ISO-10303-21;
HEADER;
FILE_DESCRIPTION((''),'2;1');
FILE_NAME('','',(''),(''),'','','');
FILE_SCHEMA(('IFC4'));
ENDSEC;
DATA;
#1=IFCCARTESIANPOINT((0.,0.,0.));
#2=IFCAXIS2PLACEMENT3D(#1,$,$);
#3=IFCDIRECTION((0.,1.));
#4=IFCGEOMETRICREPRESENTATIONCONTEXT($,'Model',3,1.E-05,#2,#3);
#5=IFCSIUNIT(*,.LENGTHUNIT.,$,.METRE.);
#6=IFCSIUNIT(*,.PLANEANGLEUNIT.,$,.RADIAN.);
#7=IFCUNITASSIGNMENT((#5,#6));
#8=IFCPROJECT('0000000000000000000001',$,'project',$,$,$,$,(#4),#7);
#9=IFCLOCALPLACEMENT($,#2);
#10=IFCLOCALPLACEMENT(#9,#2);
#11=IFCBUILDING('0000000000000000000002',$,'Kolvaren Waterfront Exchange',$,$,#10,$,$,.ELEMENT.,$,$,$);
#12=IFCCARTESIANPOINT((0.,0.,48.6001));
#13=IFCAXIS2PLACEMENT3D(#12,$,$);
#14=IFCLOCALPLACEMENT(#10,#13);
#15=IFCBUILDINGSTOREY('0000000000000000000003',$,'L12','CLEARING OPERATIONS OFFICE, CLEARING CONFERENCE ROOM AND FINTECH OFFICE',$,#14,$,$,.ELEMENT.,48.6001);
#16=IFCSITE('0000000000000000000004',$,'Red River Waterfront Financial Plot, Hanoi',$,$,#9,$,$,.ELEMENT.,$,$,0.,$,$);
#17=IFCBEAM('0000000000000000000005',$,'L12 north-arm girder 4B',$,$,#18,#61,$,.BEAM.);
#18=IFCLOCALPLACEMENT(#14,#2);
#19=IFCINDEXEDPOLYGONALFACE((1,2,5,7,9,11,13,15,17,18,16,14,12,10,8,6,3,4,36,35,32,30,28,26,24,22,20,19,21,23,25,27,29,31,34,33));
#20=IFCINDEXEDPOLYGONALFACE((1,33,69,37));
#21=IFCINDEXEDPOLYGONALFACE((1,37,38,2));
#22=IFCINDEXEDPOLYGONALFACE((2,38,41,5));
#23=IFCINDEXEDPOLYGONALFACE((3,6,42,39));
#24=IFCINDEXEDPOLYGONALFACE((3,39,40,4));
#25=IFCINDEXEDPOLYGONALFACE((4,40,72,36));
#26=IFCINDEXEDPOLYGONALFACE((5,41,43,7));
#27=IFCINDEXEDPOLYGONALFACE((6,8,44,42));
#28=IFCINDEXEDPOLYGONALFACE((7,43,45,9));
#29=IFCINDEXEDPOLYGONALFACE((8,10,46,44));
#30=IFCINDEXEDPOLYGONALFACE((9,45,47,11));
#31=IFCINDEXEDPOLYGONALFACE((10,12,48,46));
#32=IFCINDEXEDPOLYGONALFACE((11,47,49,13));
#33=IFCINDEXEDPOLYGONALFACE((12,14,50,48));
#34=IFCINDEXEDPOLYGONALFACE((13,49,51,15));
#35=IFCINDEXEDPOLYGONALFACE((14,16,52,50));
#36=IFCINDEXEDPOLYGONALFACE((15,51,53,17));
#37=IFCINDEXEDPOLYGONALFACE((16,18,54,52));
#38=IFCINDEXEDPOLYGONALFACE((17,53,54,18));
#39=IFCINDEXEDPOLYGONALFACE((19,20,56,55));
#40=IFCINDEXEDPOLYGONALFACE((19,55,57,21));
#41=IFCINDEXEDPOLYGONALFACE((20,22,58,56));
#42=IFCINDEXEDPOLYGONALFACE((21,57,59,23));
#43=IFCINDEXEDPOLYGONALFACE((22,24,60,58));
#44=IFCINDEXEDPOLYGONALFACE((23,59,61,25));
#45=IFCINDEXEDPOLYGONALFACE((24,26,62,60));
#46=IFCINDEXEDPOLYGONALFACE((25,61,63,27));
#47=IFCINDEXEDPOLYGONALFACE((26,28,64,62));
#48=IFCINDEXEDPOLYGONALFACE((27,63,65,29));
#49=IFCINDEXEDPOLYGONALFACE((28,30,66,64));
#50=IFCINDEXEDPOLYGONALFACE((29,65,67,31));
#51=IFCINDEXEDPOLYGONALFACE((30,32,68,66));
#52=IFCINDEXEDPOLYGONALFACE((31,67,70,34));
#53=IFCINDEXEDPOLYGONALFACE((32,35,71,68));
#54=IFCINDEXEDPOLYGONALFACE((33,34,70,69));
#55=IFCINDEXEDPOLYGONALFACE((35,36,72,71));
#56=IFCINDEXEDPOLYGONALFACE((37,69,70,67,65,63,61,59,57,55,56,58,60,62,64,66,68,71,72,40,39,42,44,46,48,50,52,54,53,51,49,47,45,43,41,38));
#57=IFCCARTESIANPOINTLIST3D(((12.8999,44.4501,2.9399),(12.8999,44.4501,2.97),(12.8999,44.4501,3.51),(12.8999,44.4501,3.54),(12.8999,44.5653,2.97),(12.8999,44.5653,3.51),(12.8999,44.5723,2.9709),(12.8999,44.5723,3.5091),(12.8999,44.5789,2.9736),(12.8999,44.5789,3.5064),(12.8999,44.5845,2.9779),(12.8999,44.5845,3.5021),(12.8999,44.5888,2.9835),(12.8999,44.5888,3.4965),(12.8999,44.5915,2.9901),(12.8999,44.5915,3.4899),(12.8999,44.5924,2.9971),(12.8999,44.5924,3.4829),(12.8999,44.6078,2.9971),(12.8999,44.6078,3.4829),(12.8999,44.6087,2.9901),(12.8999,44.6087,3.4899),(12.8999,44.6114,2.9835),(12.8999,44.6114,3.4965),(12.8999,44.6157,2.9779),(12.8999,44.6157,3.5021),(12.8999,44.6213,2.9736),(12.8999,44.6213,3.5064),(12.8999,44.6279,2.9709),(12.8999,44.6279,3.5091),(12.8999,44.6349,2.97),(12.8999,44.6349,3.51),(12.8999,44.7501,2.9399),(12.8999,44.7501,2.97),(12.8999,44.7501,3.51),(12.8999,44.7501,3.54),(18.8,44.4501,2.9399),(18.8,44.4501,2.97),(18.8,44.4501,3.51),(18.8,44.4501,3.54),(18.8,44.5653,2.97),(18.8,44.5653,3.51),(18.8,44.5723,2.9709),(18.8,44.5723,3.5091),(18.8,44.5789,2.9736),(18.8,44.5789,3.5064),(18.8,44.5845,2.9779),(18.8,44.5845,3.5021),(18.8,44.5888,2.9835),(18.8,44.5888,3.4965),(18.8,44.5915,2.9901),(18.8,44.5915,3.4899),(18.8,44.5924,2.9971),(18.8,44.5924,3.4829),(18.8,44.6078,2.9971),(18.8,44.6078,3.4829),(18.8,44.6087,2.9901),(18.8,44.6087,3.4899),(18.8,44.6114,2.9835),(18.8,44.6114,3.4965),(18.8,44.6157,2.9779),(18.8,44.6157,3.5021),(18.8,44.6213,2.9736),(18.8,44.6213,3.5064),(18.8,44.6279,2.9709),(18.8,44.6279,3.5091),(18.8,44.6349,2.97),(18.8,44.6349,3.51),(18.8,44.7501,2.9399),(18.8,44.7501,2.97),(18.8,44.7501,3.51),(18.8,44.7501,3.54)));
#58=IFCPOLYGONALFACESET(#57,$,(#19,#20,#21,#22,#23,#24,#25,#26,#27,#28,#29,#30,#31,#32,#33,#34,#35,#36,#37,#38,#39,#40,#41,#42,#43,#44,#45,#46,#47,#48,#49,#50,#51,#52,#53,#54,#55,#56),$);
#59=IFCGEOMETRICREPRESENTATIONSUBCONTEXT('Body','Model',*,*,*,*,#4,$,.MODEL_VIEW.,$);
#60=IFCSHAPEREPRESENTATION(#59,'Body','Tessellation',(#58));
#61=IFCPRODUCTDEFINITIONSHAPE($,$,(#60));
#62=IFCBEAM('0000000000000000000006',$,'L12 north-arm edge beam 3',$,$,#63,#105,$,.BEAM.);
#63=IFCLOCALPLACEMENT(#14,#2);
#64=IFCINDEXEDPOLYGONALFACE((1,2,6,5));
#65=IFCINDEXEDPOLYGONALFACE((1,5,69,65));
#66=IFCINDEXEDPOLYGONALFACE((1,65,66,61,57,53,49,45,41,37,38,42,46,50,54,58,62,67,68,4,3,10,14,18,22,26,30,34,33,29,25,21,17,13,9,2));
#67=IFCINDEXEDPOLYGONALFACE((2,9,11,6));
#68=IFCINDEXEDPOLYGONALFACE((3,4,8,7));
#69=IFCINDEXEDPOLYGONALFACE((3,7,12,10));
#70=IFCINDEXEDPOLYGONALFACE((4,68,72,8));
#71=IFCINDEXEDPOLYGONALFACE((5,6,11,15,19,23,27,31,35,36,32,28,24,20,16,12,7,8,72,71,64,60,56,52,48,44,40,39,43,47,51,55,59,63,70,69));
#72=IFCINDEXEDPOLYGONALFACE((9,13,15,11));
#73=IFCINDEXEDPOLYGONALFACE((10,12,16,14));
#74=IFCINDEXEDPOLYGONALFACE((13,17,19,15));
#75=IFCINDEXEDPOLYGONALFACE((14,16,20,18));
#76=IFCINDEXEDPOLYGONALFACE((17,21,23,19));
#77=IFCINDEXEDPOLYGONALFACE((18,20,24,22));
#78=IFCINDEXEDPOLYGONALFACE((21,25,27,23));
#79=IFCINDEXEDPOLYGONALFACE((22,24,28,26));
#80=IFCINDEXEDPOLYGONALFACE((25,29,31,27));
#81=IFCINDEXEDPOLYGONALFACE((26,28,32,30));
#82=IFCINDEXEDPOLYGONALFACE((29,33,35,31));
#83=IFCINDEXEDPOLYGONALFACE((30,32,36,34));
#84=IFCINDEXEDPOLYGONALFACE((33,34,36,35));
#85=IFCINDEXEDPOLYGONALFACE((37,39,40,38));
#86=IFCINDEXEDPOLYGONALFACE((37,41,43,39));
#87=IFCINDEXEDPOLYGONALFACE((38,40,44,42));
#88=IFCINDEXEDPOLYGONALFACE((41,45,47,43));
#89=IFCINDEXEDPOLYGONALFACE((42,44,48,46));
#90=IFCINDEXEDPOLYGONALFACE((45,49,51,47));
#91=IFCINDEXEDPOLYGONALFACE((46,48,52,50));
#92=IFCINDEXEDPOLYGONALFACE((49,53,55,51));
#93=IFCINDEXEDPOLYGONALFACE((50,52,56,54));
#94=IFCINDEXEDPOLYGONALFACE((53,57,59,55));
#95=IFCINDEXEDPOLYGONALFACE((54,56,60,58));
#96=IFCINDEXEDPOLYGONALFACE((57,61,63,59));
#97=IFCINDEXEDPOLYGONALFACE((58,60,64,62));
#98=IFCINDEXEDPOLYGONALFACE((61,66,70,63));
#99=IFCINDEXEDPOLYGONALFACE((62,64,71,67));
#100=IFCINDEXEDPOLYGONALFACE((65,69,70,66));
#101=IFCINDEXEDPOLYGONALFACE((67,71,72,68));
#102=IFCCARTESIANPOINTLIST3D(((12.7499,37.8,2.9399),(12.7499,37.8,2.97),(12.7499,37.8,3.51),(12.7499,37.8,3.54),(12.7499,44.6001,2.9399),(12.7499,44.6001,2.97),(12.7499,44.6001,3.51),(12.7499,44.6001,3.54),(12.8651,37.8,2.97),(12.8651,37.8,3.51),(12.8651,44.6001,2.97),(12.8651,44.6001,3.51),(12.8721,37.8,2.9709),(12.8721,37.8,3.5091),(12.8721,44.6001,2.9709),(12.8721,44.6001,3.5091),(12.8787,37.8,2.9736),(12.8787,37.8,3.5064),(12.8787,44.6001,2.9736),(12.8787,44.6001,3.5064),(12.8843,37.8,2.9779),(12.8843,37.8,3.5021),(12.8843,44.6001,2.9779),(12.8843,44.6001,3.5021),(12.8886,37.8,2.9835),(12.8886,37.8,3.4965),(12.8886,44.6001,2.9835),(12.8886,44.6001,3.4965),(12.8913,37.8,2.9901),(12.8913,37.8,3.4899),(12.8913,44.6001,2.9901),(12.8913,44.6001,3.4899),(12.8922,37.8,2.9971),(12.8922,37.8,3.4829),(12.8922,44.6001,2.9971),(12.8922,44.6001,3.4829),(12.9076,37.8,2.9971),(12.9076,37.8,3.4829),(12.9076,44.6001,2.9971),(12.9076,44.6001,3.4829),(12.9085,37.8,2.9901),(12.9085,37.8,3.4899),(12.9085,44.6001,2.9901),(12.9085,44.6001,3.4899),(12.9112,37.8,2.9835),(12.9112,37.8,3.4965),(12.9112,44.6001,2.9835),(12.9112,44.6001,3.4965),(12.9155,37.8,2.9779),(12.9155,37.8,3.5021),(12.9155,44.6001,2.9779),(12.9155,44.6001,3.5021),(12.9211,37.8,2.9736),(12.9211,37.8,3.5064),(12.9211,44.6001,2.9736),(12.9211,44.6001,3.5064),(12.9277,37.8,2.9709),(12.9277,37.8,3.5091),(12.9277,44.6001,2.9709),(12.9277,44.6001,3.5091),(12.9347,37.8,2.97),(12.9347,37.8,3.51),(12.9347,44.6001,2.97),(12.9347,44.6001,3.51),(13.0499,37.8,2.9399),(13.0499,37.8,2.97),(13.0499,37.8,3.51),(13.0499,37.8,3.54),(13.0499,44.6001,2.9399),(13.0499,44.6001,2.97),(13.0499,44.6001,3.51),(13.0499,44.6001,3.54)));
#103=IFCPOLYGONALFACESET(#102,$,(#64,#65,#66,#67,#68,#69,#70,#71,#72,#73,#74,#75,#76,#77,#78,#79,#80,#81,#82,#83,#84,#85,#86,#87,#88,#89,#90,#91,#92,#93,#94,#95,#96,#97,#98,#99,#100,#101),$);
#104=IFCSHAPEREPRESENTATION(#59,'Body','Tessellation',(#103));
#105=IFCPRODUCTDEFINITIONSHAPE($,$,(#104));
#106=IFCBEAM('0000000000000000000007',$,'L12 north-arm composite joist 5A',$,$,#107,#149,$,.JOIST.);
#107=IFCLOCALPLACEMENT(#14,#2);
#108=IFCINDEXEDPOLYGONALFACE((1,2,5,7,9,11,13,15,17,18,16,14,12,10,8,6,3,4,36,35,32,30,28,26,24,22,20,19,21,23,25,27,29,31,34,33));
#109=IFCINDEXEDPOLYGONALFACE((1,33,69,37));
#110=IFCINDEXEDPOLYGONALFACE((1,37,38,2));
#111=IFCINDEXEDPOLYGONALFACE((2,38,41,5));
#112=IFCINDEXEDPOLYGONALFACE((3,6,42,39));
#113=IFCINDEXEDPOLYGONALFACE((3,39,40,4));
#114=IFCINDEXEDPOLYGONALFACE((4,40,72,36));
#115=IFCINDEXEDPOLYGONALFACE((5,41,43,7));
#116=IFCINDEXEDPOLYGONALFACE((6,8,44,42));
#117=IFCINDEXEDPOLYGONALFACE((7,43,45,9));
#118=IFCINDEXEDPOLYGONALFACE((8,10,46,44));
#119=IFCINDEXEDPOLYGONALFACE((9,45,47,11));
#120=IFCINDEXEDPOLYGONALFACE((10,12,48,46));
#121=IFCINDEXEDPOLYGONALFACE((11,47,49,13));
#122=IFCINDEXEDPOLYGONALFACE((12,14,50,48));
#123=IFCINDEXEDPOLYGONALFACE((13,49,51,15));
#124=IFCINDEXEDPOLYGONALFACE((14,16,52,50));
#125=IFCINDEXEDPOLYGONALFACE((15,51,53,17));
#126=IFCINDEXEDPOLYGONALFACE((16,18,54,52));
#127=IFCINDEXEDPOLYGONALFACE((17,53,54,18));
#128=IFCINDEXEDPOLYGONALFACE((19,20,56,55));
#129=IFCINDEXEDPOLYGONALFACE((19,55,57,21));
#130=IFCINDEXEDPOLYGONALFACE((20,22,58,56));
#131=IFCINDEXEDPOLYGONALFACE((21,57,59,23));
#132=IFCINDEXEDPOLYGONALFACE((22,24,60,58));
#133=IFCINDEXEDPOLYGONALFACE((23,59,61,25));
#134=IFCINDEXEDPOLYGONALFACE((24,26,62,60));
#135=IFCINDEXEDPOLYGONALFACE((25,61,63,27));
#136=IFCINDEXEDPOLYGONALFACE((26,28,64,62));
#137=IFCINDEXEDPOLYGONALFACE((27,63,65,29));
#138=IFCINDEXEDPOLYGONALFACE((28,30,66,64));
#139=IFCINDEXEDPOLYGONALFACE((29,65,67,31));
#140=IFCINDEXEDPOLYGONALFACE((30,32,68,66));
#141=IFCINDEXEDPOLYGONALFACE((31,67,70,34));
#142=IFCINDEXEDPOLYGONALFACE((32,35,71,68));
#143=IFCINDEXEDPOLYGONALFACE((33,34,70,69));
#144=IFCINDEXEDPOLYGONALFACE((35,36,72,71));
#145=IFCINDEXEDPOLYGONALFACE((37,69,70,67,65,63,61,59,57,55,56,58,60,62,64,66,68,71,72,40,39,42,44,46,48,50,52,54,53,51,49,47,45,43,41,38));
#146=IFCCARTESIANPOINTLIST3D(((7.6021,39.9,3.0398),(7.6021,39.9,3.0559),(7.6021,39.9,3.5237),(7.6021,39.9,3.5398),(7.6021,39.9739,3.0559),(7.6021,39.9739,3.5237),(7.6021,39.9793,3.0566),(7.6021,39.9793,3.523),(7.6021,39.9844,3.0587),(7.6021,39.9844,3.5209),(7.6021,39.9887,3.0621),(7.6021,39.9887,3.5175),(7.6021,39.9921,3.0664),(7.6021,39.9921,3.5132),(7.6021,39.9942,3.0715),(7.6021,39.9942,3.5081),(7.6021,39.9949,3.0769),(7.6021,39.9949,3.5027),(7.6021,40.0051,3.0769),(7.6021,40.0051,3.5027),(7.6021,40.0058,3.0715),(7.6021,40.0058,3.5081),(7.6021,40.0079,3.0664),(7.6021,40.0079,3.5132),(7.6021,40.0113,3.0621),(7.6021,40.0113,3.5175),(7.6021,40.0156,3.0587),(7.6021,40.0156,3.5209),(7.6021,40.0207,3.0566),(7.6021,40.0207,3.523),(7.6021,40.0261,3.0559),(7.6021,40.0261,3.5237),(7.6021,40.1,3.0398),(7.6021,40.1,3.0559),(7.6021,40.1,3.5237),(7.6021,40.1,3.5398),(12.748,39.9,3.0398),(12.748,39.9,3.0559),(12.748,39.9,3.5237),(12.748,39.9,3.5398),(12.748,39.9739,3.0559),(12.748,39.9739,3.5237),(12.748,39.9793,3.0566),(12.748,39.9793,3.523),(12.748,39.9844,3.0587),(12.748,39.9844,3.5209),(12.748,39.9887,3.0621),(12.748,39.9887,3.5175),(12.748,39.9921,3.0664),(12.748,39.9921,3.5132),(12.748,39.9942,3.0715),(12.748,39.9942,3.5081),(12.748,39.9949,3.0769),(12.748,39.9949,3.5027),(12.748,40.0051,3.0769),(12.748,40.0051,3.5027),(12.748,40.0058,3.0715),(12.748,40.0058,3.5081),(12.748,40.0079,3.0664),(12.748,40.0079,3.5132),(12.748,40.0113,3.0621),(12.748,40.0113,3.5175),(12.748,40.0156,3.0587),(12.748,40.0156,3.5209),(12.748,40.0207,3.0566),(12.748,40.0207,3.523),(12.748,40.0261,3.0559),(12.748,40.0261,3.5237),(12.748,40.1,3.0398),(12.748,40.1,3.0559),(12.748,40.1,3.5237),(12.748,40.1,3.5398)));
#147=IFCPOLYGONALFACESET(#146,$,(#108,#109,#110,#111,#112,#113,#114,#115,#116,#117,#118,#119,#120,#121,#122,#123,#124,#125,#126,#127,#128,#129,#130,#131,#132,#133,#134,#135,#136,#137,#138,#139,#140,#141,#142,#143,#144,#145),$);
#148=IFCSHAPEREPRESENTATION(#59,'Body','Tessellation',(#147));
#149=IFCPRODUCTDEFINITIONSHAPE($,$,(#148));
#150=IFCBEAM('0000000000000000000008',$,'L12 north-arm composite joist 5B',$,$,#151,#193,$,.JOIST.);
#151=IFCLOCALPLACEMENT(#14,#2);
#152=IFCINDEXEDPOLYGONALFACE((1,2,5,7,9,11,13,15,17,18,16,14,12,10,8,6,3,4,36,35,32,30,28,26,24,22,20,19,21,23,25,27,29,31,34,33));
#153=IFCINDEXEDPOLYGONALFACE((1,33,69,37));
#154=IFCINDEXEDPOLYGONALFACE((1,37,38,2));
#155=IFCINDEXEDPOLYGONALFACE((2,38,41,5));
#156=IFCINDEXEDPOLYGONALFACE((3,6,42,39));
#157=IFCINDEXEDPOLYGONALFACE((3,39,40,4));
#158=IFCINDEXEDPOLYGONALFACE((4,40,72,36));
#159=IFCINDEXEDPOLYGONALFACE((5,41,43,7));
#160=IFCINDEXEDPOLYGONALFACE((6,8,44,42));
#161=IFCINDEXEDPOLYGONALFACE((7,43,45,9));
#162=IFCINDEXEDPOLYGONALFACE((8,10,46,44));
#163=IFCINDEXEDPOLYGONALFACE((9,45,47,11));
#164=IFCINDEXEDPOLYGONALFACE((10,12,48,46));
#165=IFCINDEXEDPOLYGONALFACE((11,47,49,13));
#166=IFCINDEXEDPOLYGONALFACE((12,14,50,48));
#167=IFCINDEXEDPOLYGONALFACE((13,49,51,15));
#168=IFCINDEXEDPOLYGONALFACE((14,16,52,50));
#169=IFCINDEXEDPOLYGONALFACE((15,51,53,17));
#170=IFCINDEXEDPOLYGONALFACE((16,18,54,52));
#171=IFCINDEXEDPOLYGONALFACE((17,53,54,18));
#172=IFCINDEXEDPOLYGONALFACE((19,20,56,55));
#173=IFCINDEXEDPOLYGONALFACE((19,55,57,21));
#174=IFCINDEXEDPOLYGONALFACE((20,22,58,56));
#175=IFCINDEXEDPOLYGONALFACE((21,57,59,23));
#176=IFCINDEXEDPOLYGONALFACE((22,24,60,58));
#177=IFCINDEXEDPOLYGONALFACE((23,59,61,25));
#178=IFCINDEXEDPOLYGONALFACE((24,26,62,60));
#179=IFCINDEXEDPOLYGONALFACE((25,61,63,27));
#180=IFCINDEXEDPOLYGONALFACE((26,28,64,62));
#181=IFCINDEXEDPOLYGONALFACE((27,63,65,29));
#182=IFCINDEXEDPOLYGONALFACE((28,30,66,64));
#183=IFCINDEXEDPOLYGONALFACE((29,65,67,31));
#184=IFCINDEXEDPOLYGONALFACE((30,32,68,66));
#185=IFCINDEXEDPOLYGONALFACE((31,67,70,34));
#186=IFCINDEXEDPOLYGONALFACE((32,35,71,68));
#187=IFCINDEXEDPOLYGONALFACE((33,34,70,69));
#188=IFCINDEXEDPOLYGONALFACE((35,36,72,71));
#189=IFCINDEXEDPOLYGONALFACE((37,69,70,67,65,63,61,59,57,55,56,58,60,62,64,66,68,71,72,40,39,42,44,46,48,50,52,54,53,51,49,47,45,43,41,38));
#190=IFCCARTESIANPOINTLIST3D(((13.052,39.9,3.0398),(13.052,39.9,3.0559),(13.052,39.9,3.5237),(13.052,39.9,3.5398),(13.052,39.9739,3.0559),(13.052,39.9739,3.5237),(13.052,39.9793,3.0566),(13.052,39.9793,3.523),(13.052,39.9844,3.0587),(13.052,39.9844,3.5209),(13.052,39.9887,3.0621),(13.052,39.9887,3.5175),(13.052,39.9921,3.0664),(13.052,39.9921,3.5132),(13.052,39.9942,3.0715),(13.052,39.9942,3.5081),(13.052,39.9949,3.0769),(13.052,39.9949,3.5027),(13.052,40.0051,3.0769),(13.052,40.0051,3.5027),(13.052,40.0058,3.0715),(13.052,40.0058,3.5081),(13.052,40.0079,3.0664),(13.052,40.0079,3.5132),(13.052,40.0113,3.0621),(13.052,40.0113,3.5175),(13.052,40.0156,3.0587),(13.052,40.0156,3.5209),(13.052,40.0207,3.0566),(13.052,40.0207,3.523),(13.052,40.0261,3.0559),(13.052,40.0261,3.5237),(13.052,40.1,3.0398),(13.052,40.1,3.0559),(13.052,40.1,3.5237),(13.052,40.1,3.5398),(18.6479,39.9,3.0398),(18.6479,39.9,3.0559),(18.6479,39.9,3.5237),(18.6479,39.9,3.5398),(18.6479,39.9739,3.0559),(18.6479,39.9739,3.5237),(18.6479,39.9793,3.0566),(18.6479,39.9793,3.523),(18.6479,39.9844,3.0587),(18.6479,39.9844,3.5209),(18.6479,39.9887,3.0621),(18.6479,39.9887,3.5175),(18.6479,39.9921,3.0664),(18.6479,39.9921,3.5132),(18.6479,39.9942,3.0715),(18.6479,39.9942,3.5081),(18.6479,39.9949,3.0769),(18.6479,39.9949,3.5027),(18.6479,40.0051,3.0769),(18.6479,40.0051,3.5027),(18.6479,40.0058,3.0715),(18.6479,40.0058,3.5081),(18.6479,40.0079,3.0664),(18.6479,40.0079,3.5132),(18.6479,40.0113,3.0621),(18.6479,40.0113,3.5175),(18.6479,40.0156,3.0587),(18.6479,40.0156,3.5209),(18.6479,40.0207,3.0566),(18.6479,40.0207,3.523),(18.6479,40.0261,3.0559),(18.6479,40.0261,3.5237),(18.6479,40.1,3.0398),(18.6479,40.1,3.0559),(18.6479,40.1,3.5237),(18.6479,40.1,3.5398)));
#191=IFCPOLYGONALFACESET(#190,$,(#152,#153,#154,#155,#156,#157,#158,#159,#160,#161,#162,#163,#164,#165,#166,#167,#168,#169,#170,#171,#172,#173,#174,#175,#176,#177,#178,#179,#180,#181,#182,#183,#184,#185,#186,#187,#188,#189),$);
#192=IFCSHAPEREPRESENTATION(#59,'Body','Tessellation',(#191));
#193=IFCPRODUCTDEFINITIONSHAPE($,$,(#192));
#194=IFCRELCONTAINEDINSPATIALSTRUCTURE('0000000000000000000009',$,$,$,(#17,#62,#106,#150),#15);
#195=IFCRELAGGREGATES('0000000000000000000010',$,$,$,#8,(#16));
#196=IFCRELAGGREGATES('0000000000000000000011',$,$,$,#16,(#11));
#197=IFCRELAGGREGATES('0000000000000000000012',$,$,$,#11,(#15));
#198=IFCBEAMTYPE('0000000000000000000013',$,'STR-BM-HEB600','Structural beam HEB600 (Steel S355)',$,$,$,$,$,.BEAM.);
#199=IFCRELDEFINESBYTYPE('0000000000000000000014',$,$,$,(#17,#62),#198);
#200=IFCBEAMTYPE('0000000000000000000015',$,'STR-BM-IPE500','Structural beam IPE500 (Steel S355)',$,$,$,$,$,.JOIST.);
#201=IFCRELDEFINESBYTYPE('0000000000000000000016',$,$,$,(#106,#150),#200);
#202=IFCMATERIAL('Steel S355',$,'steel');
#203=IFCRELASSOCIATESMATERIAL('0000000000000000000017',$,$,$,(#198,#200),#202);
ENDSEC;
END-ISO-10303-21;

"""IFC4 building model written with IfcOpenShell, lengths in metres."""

from ifc_helpers import new_model, si_unit, direction, frame, origin, origin_2d, place, context, subcontext, project, spatial, i_section, extrude, material, material_profile, profile_set, type_object, element, save


model = new_model("IFC4")

# Units and contexts
model_context = context("Model", 3, precision=1e-05, world=origin(), true_north=direction((0.0, 1.0)))
body_context = subcontext(model_context, "Body", "Model", "MODEL_VIEW")
ifc_project = project(units=[si_unit("LENGTHUNIT", "METRE"), si_unit("PLANEANGLEUNIT", "RADIAN")], contexts=[model_context])

# Site, building, storey
site_placement = place(None, origin())
site = spatial("IfcSite", under=ifc_project, at=site_placement, Name="Red River Waterfront Financial Plot, Hanoi", CompositionType="ELEMENT", RefElevation=0.0)
building_placement = place(site_placement, origin())
building = spatial("IfcBuilding", under=site, at=building_placement, Name="Kolvaren Waterfront Exchange", CompositionType="ELEMENT")
storey_placement = place(building_placement, frame((0.0, 0.0, 48.6001)))
storey = spatial("IfcBuildingStorey", under=building, at=storey_placement, Name="L12", Description="CLEARING OPERATIONS OFFICE, CLEARING CONFERENCE ROOM AND FINTECH OFFICE", CompositionType="ELEMENT", Elevation=48.6001)

# Beams
ifc_material_1 = material(Name="Steel S355", Category="steel")
ifc_material_profile_1 = material_profile(ifc_material_1, i_section(OverallWidth=0.3, OverallDepth=0.6001, WebThickness=0.0154, FlangeThickness=0.03, FilletRadius=0.0271, at=origin_2d()), Name="HEB600")
ifc_profile_set_1 = profile_set([ifc_material_profile_1], Name="Steel S355")
beam_type_1 = type_object("IfcBeamType", Name="STR-BM-HEB600", Description="Structural beam HEB600 (Steel S355)", PredefinedType="BEAM", material=ifc_profile_set_1)
beam_1_placement = place(storey_placement, frame((12.8999, 44.6001, 3.24), z_axis=(1.0, 0.0, 0.0), x_axis=(0.0, 1.0, 0.0)))
element("IfcBeam", 1, at=beam_1_placement, inside=storey, type_object=beam_type_1, Name="L12 north-arm girder 4B", PredefinedType="BEAM", context=body_context, shape_type="SweptSolid", body=[
    extrude(i_section(OverallWidth=0.3, OverallDepth=0.6001, WebThickness=0.0154, FlangeThickness=0.03, FilletRadius=0.0271, at=origin_2d()), origin(), (0.0, 0.0, 1.0), 5.9001),
])
beam_2_placement = place(storey_placement, frame((12.8999, 37.8, 3.24), z_axis=(0.0, 1.0, 0.0), x_axis=(-1.0, 0.0, 0.0)))
element("IfcBeam", 2, at=beam_2_placement, inside=storey, type_object=beam_type_1, Name="L12 north-arm edge beam 3", PredefinedType="BEAM", context=body_context, shape_type="SweptSolid", body=[
    extrude(i_section(OverallWidth=0.3, OverallDepth=0.6001, WebThickness=0.0154, FlangeThickness=0.03, FilletRadius=0.0271, at=origin_2d()), origin(), (0.0, 0.0, 1.0), 6.8),
])
ifc_material_profile_2 = material_profile(ifc_material_1, i_section(OverallWidth=0.2, OverallDepth=0.5, WebThickness=0.0103, FlangeThickness=0.0161, FilletRadius=0.021, at=origin_2d()), Name="IPE500")
ifc_profile_set_2 = profile_set([ifc_material_profile_2], Name="Steel S355")
beam_type_2 = type_object("IfcBeamType", Name="STR-BM-IPE500", Description="Structural beam IPE500 (Steel S355)", PredefinedType="JOIST", material=ifc_profile_set_2)
beam_3_placement = place(storey_placement, frame((7.6021, 40.0, 3.2898), z_axis=(1.0, 0.0, 0.0), x_axis=(0.0, 1.0, 0.0)))
element("IfcBeam", 3, at=beam_3_placement, inside=storey, type_object=beam_type_2, Name="L12 north-arm composite joist 5A", PredefinedType="JOIST", context=body_context, shape_type="SweptSolid", body=[
    extrude(i_section(OverallWidth=0.2, OverallDepth=0.5, WebThickness=0.0103, FlangeThickness=0.0161, FilletRadius=0.021, at=origin_2d()), origin(), (0.0, 0.0, 1.0), 5.146),
])
beam_4_placement = place(storey_placement, frame((13.052, 40.0, 3.2898), z_axis=(1.0, 0.0, 0.0), x_axis=(0.0, 1.0, 0.0)))
element("IfcBeam", 4, at=beam_4_placement, inside=storey, type_object=beam_type_2, Name="L12 north-arm composite joist 5B", PredefinedType="JOIST", context=body_context, shape_type="SweptSolid", body=[
    extrude(i_section(OverallWidth=0.2, OverallDepth=0.5, WebThickness=0.0103, FlangeThickness=0.0161, FilletRadius=0.021, at=origin_2d()), origin(), (0.0, 0.0, 1.0), 5.5959),
])

save(model, "model.ifc")
